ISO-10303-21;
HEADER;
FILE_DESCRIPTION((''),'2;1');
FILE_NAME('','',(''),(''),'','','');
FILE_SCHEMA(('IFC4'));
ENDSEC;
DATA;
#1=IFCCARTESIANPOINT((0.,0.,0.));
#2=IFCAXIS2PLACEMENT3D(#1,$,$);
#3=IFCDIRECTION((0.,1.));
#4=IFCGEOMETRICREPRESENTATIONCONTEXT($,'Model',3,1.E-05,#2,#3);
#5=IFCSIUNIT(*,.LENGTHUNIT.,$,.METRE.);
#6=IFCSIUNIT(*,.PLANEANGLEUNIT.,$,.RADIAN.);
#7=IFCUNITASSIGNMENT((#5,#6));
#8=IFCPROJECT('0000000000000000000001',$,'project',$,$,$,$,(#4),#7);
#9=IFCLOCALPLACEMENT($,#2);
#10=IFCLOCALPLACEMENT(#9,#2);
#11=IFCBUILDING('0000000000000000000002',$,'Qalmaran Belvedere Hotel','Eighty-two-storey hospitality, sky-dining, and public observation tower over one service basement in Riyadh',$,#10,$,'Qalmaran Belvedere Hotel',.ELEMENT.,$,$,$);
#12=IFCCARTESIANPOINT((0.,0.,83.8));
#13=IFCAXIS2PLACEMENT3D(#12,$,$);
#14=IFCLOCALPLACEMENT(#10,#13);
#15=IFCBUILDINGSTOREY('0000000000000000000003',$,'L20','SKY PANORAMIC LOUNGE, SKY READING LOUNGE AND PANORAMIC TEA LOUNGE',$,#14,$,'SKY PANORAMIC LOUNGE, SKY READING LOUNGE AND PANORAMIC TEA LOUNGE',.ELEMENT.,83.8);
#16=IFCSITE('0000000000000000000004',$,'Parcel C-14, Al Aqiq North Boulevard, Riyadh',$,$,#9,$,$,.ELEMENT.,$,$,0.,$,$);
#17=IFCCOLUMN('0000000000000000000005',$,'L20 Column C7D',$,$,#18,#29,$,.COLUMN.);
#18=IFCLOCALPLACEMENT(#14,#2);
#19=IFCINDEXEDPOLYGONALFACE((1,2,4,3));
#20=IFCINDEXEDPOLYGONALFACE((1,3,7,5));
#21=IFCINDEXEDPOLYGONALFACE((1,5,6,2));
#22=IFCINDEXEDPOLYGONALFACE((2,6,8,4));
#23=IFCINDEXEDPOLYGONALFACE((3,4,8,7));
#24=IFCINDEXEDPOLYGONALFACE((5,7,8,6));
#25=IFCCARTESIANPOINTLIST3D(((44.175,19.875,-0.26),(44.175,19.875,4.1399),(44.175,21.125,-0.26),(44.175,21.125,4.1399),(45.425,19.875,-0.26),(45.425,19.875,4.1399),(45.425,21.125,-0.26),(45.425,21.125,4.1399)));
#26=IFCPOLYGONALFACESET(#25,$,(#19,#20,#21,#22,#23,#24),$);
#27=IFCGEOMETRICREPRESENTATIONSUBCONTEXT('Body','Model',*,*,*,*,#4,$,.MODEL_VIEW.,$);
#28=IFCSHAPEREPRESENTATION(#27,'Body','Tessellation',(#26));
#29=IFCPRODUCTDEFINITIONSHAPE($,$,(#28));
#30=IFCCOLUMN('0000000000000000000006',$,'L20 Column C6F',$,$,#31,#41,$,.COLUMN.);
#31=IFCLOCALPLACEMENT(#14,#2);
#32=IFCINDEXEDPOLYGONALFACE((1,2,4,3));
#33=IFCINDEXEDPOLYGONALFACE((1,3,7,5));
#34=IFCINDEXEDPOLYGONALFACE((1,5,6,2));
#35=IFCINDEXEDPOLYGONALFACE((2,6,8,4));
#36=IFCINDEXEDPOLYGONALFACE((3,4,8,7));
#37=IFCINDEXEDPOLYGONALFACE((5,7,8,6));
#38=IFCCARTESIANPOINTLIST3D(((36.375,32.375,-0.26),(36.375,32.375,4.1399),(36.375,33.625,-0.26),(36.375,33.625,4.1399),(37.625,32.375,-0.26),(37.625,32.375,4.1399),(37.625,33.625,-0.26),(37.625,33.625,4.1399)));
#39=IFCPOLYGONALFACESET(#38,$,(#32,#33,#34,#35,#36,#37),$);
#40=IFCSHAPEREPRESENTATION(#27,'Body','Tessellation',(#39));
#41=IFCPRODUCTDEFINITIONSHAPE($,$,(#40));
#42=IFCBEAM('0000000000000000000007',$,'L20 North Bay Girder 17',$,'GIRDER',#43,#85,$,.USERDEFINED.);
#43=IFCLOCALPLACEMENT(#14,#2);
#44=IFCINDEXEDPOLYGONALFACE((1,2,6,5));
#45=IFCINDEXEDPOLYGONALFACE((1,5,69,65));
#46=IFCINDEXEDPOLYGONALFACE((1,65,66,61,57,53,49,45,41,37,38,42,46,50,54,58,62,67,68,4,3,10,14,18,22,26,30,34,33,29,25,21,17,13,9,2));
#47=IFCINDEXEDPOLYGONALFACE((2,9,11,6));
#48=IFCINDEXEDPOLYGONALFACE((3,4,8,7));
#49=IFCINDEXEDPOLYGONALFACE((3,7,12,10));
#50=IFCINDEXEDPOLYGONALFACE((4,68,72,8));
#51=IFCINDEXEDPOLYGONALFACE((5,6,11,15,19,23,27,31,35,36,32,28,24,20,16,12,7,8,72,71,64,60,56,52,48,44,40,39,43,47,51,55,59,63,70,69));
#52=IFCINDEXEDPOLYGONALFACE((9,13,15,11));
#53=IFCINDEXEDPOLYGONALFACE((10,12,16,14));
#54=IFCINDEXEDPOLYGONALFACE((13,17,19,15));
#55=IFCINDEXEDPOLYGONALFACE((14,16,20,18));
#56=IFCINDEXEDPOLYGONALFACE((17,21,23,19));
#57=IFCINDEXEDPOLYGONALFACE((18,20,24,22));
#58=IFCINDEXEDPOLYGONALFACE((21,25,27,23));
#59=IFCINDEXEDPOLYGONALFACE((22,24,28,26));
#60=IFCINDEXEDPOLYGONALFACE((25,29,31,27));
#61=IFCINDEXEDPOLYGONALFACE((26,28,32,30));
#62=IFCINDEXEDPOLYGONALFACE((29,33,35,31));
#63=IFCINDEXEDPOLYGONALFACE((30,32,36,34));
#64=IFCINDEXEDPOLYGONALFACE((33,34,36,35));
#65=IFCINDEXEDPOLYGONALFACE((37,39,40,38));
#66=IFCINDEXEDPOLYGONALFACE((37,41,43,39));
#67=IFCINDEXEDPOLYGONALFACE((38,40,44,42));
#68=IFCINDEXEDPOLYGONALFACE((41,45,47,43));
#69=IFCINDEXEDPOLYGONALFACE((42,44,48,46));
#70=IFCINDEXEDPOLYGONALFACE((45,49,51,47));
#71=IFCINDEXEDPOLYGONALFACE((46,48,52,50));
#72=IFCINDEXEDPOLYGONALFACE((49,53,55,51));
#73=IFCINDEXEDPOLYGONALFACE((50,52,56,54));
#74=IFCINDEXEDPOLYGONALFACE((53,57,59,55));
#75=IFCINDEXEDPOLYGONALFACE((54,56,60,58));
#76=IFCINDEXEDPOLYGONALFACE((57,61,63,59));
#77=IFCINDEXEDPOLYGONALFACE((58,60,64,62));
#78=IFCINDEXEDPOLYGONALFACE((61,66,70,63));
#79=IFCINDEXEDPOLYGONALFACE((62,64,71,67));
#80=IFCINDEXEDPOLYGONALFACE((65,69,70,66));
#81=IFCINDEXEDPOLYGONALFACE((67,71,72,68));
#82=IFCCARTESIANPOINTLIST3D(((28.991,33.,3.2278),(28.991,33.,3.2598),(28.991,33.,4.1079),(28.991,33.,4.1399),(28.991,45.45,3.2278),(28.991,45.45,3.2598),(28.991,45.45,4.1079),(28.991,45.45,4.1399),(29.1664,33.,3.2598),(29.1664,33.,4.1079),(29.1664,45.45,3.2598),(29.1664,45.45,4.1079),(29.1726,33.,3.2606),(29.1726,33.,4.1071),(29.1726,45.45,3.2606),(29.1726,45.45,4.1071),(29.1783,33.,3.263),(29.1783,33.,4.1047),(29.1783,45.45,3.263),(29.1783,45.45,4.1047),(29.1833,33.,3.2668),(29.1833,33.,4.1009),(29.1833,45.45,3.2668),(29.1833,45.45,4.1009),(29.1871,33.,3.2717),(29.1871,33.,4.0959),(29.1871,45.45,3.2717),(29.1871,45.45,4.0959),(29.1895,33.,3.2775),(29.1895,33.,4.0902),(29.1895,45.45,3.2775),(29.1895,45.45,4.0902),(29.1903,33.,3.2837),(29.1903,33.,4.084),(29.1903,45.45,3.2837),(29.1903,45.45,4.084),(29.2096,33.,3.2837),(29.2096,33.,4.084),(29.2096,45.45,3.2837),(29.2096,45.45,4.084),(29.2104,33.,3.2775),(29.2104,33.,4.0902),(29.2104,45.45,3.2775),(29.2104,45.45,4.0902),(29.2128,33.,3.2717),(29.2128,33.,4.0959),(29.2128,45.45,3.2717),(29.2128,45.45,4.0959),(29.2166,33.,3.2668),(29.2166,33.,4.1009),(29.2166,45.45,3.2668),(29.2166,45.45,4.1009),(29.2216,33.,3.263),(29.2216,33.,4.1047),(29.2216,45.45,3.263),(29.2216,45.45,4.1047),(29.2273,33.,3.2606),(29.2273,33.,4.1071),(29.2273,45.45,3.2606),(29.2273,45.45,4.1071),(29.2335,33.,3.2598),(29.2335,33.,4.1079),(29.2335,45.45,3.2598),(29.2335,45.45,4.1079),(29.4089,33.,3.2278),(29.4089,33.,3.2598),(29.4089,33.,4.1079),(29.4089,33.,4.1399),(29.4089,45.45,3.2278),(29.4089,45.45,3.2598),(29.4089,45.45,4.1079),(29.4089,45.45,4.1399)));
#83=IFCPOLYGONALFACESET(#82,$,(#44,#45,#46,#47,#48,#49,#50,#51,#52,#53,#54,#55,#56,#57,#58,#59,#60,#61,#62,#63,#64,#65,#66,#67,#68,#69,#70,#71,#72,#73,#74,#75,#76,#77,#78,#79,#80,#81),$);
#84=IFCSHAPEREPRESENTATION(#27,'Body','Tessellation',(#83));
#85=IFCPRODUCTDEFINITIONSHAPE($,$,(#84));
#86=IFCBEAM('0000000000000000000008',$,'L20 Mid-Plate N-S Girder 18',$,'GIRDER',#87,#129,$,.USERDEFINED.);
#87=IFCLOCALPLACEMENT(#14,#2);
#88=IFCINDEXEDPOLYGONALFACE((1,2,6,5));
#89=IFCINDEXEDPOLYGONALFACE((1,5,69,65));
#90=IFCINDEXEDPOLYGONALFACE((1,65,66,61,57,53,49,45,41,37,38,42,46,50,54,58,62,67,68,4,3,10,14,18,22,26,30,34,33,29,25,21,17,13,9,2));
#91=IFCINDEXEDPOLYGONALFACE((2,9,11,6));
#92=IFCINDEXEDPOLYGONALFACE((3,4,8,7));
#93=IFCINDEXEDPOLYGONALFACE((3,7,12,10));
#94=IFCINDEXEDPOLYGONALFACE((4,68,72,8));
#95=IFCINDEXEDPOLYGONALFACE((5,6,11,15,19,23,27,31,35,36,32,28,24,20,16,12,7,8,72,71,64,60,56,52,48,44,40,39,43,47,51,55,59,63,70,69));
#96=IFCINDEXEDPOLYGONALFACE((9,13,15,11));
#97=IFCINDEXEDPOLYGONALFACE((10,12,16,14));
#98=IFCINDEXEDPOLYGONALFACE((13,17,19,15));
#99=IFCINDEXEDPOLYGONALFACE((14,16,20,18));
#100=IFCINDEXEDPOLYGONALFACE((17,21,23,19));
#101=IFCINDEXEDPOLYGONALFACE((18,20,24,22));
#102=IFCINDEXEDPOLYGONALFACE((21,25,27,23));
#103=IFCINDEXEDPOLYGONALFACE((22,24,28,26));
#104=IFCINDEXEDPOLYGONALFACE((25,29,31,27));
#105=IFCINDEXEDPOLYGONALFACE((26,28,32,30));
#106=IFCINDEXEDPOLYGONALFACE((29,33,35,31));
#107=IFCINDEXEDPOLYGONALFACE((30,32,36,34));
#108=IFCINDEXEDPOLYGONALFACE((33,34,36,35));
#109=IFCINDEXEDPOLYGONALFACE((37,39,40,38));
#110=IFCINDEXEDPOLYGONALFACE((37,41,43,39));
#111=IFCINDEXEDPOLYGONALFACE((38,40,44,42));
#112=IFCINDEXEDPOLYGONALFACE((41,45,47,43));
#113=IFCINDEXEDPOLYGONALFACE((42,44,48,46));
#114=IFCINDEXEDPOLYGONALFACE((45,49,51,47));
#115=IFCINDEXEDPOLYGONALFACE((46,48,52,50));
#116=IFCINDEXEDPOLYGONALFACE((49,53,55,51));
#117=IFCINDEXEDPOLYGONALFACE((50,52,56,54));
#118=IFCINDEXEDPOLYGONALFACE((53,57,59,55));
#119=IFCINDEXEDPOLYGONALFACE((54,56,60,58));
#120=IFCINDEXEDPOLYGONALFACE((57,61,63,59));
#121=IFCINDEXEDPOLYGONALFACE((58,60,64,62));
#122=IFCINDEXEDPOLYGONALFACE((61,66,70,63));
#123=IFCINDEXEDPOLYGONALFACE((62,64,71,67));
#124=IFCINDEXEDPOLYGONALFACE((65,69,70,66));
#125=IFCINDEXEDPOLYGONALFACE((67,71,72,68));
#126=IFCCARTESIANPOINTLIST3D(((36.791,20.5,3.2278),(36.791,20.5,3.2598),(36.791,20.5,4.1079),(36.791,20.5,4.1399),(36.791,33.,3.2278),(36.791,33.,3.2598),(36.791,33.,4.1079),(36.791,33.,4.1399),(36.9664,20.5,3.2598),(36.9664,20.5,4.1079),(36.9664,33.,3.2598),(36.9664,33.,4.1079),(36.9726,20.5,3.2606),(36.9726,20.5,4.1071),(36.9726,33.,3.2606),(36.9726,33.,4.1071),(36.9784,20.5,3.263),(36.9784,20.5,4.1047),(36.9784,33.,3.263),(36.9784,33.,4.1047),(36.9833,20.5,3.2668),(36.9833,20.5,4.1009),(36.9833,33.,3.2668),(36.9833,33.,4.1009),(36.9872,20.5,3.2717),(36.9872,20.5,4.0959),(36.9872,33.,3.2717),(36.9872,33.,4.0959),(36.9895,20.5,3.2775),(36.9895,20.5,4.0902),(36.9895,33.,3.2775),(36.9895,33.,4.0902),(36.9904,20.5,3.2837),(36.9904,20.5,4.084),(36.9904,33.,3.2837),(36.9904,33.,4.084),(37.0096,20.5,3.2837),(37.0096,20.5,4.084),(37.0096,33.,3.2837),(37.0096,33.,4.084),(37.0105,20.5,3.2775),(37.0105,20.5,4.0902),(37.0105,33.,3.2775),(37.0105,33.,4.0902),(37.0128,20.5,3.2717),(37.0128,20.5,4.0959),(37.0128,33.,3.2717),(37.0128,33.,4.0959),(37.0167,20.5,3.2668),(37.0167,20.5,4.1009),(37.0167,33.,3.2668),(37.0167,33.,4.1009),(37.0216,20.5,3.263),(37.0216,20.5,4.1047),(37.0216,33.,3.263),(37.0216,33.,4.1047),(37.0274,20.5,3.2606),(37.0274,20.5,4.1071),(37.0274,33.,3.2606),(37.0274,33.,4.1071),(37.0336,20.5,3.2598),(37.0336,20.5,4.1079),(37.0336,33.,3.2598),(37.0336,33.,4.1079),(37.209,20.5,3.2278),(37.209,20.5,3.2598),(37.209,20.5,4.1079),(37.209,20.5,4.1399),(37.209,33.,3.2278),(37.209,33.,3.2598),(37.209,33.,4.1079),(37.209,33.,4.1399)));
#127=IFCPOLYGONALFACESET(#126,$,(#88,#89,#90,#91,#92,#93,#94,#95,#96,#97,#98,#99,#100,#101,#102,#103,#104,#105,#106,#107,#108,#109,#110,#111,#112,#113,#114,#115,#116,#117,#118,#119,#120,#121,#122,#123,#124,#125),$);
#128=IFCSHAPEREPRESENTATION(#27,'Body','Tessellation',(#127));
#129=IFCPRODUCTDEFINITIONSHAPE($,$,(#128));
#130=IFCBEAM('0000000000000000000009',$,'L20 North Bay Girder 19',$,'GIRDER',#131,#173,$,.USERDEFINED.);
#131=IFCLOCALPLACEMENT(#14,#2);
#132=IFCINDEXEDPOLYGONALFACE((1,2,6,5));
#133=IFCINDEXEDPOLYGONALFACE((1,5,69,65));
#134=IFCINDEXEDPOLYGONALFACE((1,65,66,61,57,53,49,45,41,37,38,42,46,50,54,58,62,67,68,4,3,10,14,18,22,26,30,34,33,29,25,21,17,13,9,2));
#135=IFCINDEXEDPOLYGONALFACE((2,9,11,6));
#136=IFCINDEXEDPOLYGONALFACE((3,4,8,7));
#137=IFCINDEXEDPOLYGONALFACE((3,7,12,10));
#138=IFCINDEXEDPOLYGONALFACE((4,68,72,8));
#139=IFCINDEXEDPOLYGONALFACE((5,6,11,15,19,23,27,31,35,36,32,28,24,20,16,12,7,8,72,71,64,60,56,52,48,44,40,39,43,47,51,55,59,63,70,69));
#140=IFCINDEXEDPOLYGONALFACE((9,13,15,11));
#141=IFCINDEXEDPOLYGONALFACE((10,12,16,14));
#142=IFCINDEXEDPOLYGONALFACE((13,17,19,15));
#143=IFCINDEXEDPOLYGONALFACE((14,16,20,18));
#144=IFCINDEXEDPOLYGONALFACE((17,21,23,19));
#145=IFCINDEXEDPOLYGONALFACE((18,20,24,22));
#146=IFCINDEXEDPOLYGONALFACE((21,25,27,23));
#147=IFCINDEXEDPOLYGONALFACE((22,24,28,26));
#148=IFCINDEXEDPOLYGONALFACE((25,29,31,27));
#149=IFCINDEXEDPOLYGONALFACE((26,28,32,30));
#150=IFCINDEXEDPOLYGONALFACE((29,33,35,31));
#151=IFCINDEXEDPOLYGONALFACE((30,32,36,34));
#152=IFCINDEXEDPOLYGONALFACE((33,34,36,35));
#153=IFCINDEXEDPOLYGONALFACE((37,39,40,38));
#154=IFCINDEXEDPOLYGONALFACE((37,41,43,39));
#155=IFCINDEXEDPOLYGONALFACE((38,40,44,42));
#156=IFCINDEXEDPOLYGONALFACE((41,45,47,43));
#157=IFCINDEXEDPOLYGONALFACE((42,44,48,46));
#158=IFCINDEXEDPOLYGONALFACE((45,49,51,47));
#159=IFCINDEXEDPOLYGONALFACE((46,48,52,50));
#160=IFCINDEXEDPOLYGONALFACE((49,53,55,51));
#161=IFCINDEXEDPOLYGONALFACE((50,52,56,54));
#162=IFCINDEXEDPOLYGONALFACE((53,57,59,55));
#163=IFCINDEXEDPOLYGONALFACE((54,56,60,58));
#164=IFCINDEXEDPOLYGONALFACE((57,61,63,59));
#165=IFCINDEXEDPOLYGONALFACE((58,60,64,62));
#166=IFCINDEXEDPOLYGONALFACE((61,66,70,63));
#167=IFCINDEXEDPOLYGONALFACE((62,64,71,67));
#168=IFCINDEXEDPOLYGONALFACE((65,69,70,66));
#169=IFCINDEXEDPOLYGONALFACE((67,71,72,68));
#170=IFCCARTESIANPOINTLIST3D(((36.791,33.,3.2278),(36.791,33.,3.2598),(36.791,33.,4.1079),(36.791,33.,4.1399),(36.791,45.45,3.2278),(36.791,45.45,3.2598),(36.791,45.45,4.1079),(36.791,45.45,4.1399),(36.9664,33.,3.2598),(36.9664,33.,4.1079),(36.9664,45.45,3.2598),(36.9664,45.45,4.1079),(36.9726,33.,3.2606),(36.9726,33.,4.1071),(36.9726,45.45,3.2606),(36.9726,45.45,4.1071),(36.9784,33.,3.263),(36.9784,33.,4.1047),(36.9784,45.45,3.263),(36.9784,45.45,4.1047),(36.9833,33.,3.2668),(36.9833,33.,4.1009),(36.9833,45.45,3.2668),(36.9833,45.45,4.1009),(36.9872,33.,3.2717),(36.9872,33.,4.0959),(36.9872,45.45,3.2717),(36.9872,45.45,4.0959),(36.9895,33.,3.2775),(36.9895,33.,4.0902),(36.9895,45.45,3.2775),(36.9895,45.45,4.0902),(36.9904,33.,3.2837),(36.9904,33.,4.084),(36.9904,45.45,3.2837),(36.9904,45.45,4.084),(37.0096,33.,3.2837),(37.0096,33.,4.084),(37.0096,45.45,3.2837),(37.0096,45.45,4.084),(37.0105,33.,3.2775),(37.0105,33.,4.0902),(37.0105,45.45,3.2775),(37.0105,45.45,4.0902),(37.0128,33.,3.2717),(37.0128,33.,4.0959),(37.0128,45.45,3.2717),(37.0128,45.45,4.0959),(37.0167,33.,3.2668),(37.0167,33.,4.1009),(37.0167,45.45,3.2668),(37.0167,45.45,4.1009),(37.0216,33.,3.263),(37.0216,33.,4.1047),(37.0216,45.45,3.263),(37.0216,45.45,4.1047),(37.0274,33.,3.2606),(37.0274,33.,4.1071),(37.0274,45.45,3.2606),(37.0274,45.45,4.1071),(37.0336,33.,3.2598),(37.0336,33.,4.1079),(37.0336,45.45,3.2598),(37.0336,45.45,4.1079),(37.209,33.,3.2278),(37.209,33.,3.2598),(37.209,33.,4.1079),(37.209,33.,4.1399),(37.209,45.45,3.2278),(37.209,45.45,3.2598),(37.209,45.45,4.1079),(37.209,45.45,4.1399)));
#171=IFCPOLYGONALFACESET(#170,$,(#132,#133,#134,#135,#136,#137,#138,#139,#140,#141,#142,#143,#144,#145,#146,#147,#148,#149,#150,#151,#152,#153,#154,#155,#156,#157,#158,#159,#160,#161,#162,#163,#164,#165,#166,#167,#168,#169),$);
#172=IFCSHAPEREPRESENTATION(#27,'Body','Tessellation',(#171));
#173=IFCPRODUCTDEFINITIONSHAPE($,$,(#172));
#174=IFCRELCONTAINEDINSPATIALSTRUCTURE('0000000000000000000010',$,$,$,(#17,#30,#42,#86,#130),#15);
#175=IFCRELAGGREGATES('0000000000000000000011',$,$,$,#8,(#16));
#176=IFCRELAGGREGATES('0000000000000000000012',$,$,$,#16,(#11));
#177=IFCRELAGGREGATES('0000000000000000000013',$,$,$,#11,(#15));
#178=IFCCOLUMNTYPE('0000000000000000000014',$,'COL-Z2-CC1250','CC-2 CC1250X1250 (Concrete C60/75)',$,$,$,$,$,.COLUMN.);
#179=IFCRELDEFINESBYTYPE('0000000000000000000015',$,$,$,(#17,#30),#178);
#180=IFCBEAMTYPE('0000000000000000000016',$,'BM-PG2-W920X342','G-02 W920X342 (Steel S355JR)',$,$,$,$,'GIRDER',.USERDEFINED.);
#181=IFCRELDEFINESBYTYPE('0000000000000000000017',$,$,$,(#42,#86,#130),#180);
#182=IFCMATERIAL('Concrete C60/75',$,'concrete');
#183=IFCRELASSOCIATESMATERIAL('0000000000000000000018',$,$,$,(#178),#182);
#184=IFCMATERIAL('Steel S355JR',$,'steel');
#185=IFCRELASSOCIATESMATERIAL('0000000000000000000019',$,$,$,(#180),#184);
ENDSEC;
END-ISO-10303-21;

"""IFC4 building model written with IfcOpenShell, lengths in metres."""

from ifc_helpers import new_model, si_unit, direction, frame, origin, origin_2d, place, context, subcontext, project, spatial, rectangle, i_section, extrude, material, material_profile, profile_set, type_object, element, save


model = new_model("IFC4")

# Units and contexts
model_context = context("Model", 3, precision=1e-05, world=origin(), true_north=direction((0.0, 1.0)))
body_context = subcontext(model_context, "Body", "Model", "MODEL_VIEW")
ifc_project = project(units=[si_unit("LENGTHUNIT", "METRE"), si_unit("PLANEANGLEUNIT", "RADIAN")], contexts=[model_context])

# Site, building, storey
site_placement = place(None, origin())
site = spatial("IfcSite", under=ifc_project, at=site_placement, Name="Parcel C-14, Al Aqiq North Boulevard, Riyadh", CompositionType="ELEMENT", RefElevation=0.0)
building_placement = place(site_placement, origin())
building = spatial("IfcBuilding", under=site, at=building_placement, Name="Qalmaran Belvedere Hotel", Description="Eighty-two-storey hospitality, sky-dining, and public observation tower over one service basement in Riyadh", LongName="Qalmaran Belvedere Hotel", CompositionType="ELEMENT")
storey_placement = place(building_placement, frame((0.0, 0.0, 83.8)))
storey = spatial("IfcBuildingStorey", under=building, at=storey_placement, Name="L20", Description="SKY PANORAMIC LOUNGE, SKY READING LOUNGE AND PANORAMIC TEA LOUNGE", LongName="SKY PANORAMIC LOUNGE, SKY READING LOUNGE AND PANORAMIC TEA LOUNGE", CompositionType="ELEMENT", Elevation=83.8)

# Columns
ifc_material_1 = material(Name="Concrete C60/75", Category="concrete")
ifc_material_profile_1 = material_profile(ifc_material_1, rectangle(XDim=1.25, YDim=1.25, at=origin_2d()), Name="CC1250X1250")
ifc_profile_set_1 = profile_set([ifc_material_profile_1], Name="Concrete C60/75")
column_type = type_object("IfcColumnType", Name="COL-Z2-CC1250", Description="CC-2 CC1250X1250 (Concrete C60/75)", PredefinedType="COLUMN", material=ifc_profile_set_1)
for number, where, z_axis, x_axis, name in (
    (1, (44.8, 20.5, -0.26), (0.0, 0.0, 1.0), (1.0, 0.0, 0.0), "L20 Column C7D"),
    (2, (37.0, 33.0, -0.26), (0.0, 0.0, 1.0), (1.0, 0.0, 0.0), "L20 Column C6F"),
):
    element("IfcColumn", number, at=place(storey_placement, frame(where, z_axis=z_axis, x_axis=x_axis)), inside=storey, type_object=column_type, Name=name, PredefinedType="COLUMN", context=body_context, shape_type="SweptSolid", body=[
        extrude(rectangle(XDim=1.25, YDim=1.25, at=origin_2d()), origin(), (0.0, 0.0, 1.0), 4.3999),
    ])

# Beams
ifc_material_2 = material(Name="Steel S355JR", Category="steel")
ifc_material_profile_2 = material_profile(ifc_material_2, i_section(OverallWidth=0.418, OverallDepth=0.9121, WebThickness=0.0193, FlangeThickness=0.032, FilletRadius=0.0239, at=origin_2d()), Name="W920X342")
ifc_profile_set_2 = profile_set([ifc_material_profile_2], Name="Steel S355JR")
beam_type_1 = type_object("IfcBeamType", Name="BM-PG2-W920X342", Description="G-02 W920X342 (Steel S355JR)", ElementType="GIRDER", PredefinedType="USERDEFINED", material=ifc_profile_set_2)
beam_1_placement = place(storey_placement, frame((29.2, 33.0, 3.6838), z_axis=(0.0, 1.0, 0.0), x_axis=(-1.0, 0.0, 0.0)))
element("IfcBeam", 3, at=beam_1_placement, inside=storey, type_object=beam_type_1, Name="L20 North Bay Girder 17", ObjectType="GIRDER", PredefinedType="USERDEFINED", context=body_context, shape_type="SweptSolid", body=[
    extrude(i_section(OverallWidth=0.418, OverallDepth=0.9121, WebThickness=0.0193, FlangeThickness=0.032, FilletRadius=0.0239, at=origin_2d()), origin(), (0.0, 0.0, 1.0), 12.45),
])
beam_2_placement = place(storey_placement, frame((37.0, 20.5, 3.6838), z_axis=(0.0, 1.0, 0.0), x_axis=(-1.0, 0.0, 0.0)))
element("IfcBeam", 4, at=beam_2_placement, inside=storey, type_object=beam_type_1, Name="L20 Mid-Plate N-S Girder 18", ObjectType="GIRDER", PredefinedType="USERDEFINED", context=body_context, shape_type="SweptSolid", body=[
    extrude(i_section(OverallWidth=0.418, OverallDepth=0.9121, WebThickness=0.0193, FlangeThickness=0.032, FilletRadius=0.0239, at=origin_2d()), origin(), (0.0, 0.0, 1.0), 12.5),
])
beam_3_placement = place(storey_placement, frame((37.0, 33.0, 3.6838), z_axis=(0.0, 1.0, 0.0), x_axis=(-1.0, 0.0, 0.0)))
element("IfcBeam", 5, at=beam_3_placement, inside=storey, type_object=beam_type_1, Name="L20 North Bay Girder 19", ObjectType="GIRDER", PredefinedType="USERDEFINED", context=body_context, shape_type="SweptSolid", body=[
    extrude(i_section(OverallWidth=0.418, OverallDepth=0.9121, WebThickness=0.0193, FlangeThickness=0.032, FilletRadius=0.0239, at=origin_2d()), origin(), (0.0, 0.0, 1.0), 12.45),
])

save(model, "model.ifc")
